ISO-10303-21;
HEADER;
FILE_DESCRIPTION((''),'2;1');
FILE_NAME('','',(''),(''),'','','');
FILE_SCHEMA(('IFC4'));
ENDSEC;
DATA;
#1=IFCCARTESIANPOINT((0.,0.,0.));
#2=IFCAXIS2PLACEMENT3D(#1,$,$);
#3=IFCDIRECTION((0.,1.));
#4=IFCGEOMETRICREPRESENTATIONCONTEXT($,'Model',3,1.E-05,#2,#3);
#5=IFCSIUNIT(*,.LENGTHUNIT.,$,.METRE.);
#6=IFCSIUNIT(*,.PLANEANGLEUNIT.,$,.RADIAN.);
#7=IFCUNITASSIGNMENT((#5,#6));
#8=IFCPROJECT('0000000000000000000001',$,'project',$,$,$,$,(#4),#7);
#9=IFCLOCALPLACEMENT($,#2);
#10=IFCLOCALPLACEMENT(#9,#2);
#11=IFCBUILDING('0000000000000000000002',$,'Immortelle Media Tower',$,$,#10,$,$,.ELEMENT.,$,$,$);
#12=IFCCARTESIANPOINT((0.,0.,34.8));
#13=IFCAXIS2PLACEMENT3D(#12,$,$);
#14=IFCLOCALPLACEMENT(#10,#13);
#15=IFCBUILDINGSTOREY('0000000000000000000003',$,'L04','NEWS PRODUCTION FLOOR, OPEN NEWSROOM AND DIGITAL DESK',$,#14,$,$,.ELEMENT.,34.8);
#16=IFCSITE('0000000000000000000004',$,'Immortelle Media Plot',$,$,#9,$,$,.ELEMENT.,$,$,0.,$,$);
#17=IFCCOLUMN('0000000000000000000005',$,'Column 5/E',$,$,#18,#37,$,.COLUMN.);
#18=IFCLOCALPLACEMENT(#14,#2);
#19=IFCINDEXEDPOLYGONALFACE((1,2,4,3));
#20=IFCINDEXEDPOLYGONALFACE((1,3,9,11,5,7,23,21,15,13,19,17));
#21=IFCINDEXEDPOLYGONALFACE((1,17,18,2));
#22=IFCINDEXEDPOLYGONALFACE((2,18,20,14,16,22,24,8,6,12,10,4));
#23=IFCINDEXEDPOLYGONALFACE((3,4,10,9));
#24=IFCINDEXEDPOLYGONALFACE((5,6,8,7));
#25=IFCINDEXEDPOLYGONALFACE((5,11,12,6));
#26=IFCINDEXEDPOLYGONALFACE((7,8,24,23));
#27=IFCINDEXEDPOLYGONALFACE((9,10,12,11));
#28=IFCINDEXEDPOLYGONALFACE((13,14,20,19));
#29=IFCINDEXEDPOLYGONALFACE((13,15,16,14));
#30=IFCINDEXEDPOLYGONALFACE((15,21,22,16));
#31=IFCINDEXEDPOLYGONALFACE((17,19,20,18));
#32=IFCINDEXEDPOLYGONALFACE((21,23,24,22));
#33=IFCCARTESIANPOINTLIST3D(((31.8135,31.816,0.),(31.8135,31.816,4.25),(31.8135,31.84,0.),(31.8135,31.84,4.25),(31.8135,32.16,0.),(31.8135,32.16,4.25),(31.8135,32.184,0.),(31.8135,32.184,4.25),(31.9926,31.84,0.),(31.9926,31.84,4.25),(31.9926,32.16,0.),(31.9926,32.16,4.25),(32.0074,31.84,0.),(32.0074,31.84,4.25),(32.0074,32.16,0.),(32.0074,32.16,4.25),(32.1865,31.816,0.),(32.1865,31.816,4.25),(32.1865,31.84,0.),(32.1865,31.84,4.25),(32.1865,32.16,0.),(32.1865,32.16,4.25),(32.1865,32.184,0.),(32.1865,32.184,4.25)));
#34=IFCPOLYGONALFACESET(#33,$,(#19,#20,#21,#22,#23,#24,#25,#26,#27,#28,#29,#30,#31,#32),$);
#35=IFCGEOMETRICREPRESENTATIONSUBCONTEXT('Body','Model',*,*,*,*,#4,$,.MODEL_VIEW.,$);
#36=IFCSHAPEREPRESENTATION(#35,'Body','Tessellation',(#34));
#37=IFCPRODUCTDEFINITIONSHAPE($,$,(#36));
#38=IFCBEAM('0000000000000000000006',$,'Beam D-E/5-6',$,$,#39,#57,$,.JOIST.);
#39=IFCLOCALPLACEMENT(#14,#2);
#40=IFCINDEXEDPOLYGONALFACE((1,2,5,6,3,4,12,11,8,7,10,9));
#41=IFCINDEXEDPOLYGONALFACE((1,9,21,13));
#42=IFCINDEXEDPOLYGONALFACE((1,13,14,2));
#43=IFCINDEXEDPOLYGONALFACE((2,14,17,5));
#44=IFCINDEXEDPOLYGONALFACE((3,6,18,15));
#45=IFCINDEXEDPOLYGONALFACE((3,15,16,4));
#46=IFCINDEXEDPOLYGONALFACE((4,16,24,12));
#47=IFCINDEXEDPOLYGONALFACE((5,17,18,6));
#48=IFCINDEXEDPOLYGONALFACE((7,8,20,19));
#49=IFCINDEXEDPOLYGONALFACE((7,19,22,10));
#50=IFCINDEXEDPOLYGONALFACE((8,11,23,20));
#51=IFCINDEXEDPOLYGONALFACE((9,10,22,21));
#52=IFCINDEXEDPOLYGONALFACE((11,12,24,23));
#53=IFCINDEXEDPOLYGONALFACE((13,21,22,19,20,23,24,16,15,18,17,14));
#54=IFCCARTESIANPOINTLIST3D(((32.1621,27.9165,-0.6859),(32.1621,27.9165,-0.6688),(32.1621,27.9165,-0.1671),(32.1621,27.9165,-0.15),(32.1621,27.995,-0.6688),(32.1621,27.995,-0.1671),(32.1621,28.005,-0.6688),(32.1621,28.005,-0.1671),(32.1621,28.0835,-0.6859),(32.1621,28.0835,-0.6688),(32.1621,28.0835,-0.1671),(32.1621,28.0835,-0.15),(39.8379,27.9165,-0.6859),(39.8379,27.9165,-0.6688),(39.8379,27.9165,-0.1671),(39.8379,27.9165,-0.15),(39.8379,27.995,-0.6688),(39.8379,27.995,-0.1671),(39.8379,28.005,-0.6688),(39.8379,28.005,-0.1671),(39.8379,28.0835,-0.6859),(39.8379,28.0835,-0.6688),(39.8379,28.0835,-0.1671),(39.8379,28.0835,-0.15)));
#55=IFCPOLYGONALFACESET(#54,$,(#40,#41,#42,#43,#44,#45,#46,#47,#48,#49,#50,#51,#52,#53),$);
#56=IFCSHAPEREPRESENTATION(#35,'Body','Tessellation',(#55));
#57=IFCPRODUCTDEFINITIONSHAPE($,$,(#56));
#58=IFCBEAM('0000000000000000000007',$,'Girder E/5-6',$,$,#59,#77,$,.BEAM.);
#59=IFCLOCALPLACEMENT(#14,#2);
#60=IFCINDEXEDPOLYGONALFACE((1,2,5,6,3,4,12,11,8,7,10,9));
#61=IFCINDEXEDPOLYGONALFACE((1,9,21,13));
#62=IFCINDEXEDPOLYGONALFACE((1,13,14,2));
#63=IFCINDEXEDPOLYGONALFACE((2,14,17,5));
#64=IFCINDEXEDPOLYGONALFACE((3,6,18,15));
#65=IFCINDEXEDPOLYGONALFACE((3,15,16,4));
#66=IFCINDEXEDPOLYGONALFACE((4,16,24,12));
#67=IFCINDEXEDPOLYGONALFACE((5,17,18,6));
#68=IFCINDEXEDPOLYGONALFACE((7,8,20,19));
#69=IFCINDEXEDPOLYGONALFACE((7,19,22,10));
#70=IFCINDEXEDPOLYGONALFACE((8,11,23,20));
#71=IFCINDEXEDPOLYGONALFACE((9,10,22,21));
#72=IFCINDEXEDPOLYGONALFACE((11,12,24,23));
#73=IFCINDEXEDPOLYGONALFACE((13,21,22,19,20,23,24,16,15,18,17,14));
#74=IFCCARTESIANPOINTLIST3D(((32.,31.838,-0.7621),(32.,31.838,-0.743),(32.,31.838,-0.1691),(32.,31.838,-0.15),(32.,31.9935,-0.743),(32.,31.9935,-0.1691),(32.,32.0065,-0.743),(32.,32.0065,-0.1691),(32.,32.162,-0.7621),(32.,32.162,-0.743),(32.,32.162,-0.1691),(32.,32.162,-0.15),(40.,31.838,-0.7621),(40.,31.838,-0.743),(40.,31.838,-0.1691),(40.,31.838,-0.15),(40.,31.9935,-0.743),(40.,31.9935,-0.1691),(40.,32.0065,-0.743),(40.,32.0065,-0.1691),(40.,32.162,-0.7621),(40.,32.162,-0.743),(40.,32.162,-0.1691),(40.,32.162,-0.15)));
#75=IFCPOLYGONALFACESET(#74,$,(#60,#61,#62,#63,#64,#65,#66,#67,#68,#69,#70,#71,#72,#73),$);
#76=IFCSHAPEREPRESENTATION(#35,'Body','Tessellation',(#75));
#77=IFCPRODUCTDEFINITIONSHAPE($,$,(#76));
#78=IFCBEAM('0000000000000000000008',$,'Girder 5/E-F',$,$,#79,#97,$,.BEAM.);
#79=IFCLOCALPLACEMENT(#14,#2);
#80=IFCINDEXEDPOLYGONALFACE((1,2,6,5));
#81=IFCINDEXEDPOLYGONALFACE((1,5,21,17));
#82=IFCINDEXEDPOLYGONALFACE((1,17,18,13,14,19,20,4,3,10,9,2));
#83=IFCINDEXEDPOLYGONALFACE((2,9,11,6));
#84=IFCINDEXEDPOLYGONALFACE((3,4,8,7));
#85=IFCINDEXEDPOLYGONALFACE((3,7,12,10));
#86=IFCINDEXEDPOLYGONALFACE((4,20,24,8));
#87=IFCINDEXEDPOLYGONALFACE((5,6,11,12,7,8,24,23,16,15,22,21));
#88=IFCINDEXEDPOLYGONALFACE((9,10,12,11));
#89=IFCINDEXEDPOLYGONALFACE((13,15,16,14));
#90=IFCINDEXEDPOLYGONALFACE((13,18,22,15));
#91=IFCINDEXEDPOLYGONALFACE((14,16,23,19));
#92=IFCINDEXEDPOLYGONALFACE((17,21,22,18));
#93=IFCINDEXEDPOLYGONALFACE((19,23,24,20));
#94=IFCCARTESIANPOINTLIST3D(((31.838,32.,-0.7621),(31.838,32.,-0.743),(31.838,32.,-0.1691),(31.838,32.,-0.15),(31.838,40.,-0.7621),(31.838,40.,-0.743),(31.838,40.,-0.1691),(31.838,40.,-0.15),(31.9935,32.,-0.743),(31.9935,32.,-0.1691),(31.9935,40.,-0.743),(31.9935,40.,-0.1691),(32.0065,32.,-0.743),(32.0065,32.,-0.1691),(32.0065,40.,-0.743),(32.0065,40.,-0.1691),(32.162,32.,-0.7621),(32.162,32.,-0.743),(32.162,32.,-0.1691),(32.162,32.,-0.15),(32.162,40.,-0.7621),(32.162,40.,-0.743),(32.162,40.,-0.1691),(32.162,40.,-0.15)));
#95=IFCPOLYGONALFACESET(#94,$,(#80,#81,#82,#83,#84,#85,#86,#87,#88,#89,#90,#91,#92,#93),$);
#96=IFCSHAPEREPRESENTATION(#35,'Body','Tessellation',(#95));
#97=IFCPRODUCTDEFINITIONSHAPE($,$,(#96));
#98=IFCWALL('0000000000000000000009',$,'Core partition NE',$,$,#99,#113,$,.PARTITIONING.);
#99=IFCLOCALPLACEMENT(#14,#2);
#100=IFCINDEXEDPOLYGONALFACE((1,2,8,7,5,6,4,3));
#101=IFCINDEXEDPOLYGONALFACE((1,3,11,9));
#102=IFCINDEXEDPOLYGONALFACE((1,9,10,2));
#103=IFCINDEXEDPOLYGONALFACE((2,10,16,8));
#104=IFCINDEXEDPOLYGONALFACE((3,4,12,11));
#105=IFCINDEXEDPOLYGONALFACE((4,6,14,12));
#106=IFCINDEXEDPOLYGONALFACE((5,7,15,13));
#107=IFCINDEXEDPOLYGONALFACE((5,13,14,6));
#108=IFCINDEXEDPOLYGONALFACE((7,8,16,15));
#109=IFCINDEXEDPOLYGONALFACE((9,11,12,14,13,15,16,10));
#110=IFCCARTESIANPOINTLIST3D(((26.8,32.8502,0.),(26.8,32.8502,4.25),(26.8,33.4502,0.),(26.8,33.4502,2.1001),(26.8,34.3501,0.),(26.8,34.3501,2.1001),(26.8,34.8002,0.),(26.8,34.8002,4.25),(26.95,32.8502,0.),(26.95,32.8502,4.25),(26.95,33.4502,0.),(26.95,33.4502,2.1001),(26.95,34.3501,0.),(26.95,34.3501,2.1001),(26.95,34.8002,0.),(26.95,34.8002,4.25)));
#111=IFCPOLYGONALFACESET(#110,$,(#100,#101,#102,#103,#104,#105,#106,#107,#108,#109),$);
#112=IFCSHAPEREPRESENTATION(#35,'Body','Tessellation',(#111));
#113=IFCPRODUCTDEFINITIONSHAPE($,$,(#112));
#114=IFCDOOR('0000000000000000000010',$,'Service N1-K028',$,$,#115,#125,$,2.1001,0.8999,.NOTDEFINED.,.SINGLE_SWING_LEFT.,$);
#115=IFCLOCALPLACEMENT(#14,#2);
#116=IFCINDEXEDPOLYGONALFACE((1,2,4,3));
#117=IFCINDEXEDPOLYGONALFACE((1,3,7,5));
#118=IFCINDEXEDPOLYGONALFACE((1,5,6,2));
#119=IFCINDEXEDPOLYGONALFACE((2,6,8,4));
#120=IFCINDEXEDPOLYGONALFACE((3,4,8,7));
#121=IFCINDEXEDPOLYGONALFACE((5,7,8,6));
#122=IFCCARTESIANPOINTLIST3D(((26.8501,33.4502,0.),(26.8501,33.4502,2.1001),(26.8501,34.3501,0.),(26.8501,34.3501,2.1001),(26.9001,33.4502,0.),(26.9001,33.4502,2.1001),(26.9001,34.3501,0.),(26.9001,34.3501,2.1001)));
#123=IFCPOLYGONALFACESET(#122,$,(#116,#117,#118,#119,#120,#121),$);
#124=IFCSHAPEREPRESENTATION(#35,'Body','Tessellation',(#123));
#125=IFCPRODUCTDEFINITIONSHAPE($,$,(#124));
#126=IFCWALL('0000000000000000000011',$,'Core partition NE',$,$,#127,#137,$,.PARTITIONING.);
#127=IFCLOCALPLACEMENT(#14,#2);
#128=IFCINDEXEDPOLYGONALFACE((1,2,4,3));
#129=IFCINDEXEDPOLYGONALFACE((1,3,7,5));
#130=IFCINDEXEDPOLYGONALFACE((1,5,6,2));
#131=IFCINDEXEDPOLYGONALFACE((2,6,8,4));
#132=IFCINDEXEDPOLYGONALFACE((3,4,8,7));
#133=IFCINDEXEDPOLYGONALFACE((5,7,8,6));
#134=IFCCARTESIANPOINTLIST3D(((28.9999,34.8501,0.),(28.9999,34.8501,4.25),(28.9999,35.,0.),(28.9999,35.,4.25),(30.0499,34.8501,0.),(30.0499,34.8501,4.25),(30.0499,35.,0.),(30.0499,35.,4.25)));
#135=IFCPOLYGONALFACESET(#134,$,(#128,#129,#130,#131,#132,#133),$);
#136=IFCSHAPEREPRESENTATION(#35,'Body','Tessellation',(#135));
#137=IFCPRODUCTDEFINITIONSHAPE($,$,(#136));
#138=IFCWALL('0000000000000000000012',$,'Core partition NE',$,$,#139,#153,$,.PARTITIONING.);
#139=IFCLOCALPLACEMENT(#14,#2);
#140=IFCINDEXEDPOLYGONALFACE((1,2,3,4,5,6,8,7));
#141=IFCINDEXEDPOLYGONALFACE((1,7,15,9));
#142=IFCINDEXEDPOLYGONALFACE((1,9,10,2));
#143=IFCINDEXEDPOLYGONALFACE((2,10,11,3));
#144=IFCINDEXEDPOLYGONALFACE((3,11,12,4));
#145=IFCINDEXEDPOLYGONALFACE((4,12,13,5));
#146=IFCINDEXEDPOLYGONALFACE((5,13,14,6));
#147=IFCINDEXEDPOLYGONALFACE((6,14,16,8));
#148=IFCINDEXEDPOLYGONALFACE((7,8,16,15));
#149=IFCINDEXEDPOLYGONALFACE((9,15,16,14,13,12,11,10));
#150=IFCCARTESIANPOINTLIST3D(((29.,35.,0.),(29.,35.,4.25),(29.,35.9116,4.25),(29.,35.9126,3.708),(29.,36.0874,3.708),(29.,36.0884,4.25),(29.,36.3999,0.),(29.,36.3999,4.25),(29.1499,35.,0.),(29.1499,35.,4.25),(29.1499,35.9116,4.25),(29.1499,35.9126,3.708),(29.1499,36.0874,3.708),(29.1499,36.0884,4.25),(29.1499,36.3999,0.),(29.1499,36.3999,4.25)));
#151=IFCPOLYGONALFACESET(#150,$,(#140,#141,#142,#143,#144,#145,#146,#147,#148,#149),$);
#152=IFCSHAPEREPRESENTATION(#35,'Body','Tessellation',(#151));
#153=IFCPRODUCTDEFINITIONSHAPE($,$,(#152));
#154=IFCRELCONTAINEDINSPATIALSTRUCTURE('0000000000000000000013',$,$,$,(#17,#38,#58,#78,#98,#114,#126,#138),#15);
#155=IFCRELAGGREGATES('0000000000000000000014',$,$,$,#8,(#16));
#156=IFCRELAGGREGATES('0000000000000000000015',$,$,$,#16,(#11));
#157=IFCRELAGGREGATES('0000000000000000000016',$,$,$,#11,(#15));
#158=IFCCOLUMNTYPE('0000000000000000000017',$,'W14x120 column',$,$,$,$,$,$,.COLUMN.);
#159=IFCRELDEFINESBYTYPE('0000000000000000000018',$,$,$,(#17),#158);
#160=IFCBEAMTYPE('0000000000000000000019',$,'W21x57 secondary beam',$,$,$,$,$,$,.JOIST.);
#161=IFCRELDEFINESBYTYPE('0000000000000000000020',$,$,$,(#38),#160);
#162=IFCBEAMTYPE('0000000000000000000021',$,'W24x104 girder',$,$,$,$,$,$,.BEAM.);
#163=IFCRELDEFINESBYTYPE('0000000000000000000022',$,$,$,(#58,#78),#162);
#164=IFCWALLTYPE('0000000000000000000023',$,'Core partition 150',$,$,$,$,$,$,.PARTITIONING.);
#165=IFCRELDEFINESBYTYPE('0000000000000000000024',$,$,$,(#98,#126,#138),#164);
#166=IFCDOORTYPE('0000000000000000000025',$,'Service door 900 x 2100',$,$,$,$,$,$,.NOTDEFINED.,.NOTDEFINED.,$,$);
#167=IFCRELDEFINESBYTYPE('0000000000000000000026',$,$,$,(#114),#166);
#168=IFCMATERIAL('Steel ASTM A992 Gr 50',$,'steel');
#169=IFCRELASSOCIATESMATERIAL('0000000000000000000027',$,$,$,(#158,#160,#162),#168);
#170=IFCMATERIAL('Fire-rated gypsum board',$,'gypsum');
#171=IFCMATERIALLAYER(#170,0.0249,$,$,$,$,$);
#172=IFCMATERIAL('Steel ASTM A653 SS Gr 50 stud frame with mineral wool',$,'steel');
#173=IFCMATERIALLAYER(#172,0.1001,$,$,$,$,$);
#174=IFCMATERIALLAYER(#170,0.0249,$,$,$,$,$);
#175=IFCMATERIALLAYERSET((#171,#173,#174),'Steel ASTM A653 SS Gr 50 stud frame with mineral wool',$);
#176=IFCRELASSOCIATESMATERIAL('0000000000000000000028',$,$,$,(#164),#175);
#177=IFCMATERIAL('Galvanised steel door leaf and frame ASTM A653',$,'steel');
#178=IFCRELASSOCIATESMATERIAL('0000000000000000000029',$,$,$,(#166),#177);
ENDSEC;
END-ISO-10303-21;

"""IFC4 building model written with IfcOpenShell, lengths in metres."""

from ifc_helpers import new_model, si_unit, direction, frame, frame_2d, origin, origin_2d, place, context, subcontext, project, spatial, polyline, rectangle, i_section, outline, extrude, material, layer, layer_set, material_profile, profile_set, type_object, element, fill, save


model = new_model("IFC4")

# Units and contexts
model_context = context("Model", 3, precision=1e-05, world=origin(), true_north=direction((0.0, 1.0)))
body_context = subcontext(model_context, "Body", "Model", "MODEL_VIEW")
ifc_project = project(units=[si_unit("LENGTHUNIT", "METRE"), si_unit("PLANEANGLEUNIT", "RADIAN")], contexts=[model_context])

# Site, building, storey
site_placement = place(None, origin())
site = spatial("IfcSite", under=ifc_project, at=site_placement, Name="Immortelle Media Plot", CompositionType="ELEMENT", RefElevation=0.0)
building_placement = place(site_placement, origin())
building = spatial("IfcBuilding", under=site, at=building_placement, Name="Immortelle Media Tower", CompositionType="ELEMENT")
storey_placement = place(building_placement, frame((0.0, 0.0, 34.8)))
storey = spatial("IfcBuildingStorey", under=building, at=storey_placement, Name="L04", Description="NEWS PRODUCTION FLOOR, OPEN NEWSROOM AND DIGITAL DESK", CompositionType="ELEMENT", Elevation=34.8)

# Column
ifc_material_1 = material(Name="Steel ASTM A992 Gr 50", Category="steel")
ifc_material_profile_1 = material_profile(ifc_material_1, i_section(OverallWidth=0.373, OverallDepth=0.3679, WebThickness=0.0149, FlangeThickness=0.0239, at=origin_2d()), Name="W14x120")
ifc_profile_set_1 = profile_set([ifc_material_profile_1], Name="Steel ASTM A992 Gr 50")
column_type = type_object("IfcColumnType", Name="W14x120 column", PredefinedType="COLUMN", material=ifc_profile_set_1)
column_placement = place(storey_placement, frame((32.0, 32.0, 0.0), z_axis=(0.0, 0.0, 1.0), x_axis=(1.0, 0.0, 0.0)))
element("IfcColumn", 1, at=column_placement, inside=storey, type_object=column_type, Name="Column 5/E", PredefinedType="COLUMN", context=body_context, shape_type="SweptSolid", body=[
    extrude(i_section(OverallWidth=0.373, OverallDepth=0.3679, WebThickness=0.0149, FlangeThickness=0.0239, at=origin_2d()), origin(), (0.0, 0.0, 1.0), 4.25),
])

# Beams
ifc_material_profile_2 = material_profile(ifc_material_1, i_section(OverallWidth=0.167, OverallDepth=0.5359, WebThickness=0.01, FlangeThickness=0.0171, at=origin_2d()), Name="W21x57")
ifc_profile_set_2 = profile_set([ifc_material_profile_2], Name="Steel ASTM A992 Gr 50")
beam_type_1 = type_object("IfcBeamType", Name="W21x57 secondary beam", PredefinedType="JOIST", material=ifc_profile_set_2)
beam_placement = place(storey_placement, frame((32.1621, 28.0, -0.418), z_axis=(1.0, 0.0, 0.0), x_axis=(0.0, 1.0, 0.0)))
element("IfcBeam", 2, at=beam_placement, inside=storey, type_object=beam_type_1, Name="Beam D-E/5-6", PredefinedType="JOIST", context=body_context, shape_type="SweptSolid", body=[
    extrude(i_section(OverallWidth=0.167, OverallDepth=0.5359, WebThickness=0.01, FlangeThickness=0.0171, at=origin_2d()), origin(), (0.0, 0.0, 1.0), 7.6758),
])
ifc_material_profile_3 = material_profile(ifc_material_1, i_section(OverallWidth=0.324, OverallDepth=0.6121, WebThickness=0.0129, FlangeThickness=0.019, at=origin_2d()), Name="W24x104")
ifc_profile_set_3 = profile_set([ifc_material_profile_3], Name="Steel ASTM A992 Gr 50")
beam_type_2 = type_object("IfcBeamType", Name="W24x104 girder", PredefinedType="BEAM", material=ifc_profile_set_3)
for number, where, z_axis, x_axis, name in (
    (3, (32.0, 32.0, -0.4561), (1.0, 0.0, 0.0), (0.0, 1.0, 0.0), "Girder E/5-6"),
    (4, (32.0, 32.0, -0.4561), (0.0, 1.0, 0.0), (-1.0, 0.0, 0.0), "Girder 5/E-F"),
):
    element("IfcBeam", number, at=place(storey_placement, frame(where, z_axis=z_axis, x_axis=x_axis)), inside=storey, type_object=beam_type_2, Name=name, PredefinedType="BEAM", context=body_context, shape_type="SweptSolid", body=[
        extrude(i_section(OverallWidth=0.324, OverallDepth=0.6121, WebThickness=0.0129, FlangeThickness=0.019, at=origin_2d()), origin(), (0.0, 0.0, 1.0), 8.0),
    ])

# Wall, opening, door
ifc_material_2 = material(Name="Fire-rated gypsum board", Category="gypsum")
ifc_layer_1 = layer(ifc_material_2, 0.0249)
ifc_material_3 = material(Name="Steel ASTM A653 SS Gr 50 stud frame with mineral wool", Category="steel")
ifc_layer_2 = layer(ifc_material_3, 0.1001)
ifc_layer_3 = layer(ifc_material_2, 0.0249)
ifc_layer_set_1 = layer_set([ifc_layer_1, ifc_layer_2, ifc_layer_3], Name="Steel ASTM A653 SS Gr 50 stud frame with mineral wool")
wall_type_1 = type_object("IfcWallType", Name="Core partition 150", PredefinedType="PARTITIONING", material=ifc_layer_set_1)
wall_1_placement = place(storey_placement, frame((26.875, 32.8501, 0.0), z_axis=(0.0, 0.0, 1.0), x_axis=(0.0, 1.0, 0.0)))
wall_1 = element("IfcWall", 5, at=wall_1_placement, inside=storey, type_object=wall_type_1, Name="Core partition NE", PredefinedType="PARTITIONING", context=body_context, shape_type="SweptSolid", body=[
    extrude(rectangle(XDim=1.95, YDim=0.1499, at=frame_2d((0.9751, 0.0))), origin(), (0.0, 0.0, 1.0), 4.25),
])
opening_1_placement = place(wall_1_placement, frame((0.6001, 0.0, 0.0)))
opening_1 = element("IfcOpeningElement", 6, at=opening_1_placement, cuts=wall_1, PredefinedType="OPENING", context=body_context, shape_type="SweptSolid", body=[
    extrude(rectangle(XDim=0.8999, YDim=2.1001, at=frame_2d((0.45, 1.05))), frame((0.0, 0.085, 0.0), z_axis=(0.0, -1.0, 0.0), x_axis=(1.0, 0.0, 0.0)), (0.0, 0.0, 1.0), 0.1699),
])
ifc_material_4 = material(Name="Galvanised steel door leaf and frame ASTM A653", Category="steel")
door_type_1 = type_object("IfcDoorType", Name="Service door 900 x 2100", OperationType="NOTDEFINED", PredefinedType="NOTDEFINED", material=ifc_material_4)
door_1_placement = place(opening_1_placement, origin())
door_1 = element("IfcDoor", 7, at=door_1_placement, inside=storey, type_object=door_type_1, Name="Service N1-K028", OperationType="SINGLE_SWING_LEFT", OverallHeight=2.1001, OverallWidth=0.8999, PredefinedType="NOTDEFINED", context=body_context, shape_type="SweptSolid", body=[
    extrude(rectangle(XDim=0.8999, YDim=2.1001, at=frame_2d((0.45, 1.05))), frame((0.0, 0.0249, 0.0), z_axis=(0.0, -1.0, 0.0), x_axis=(1.0, 0.0, 0.0)), (0.0, 0.0, 1.0), 0.05),
])
fill(opening_1, door_1)

# Walls
wall_2_placement = place(storey_placement, frame((29.0, 34.925, 0.0), z_axis=(0.0, 0.0, 1.0), x_axis=(1.0, 0.0, 0.0)))
element("IfcWall", 8, at=wall_2_placement, inside=storey, type_object=wall_type_1, Name="Core partition NE", PredefinedType="PARTITIONING", context=body_context, shape_type="SweptSolid", body=[
    extrude(rectangle(XDim=1.05, YDim=0.1499, at=frame_2d((0.5249, 0.0))), origin(), (0.0, 0.0, 1.0), 4.25),
])
wall_3_placement = place(storey_placement, frame((29.075, 35.0, 0.0), z_axis=(0.0, 0.0, 1.0), x_axis=(0.0, 1.0, 0.0)))
element("IfcWall", 9, at=wall_3_placement, inside=storey, type_object=wall_type_1, Name="Core partition NE", PredefinedType="PARTITIONING", context=body_context, shape_type="SweptSolid", body=[
    extrude(outline(polyline([(0.0, 0.0), (1.3999, 0.0), (1.3999, 4.25), (1.0884, 4.25), (1.0874, 3.708), (0.9126, 3.708), (0.9116, 4.25), (0.0, 4.25), (0.0, 0.0)])), frame((0.0, 0.075, 0.0), z_axis=(0.0, -1.0, 0.0), x_axis=(1.0, 0.0, 0.0)), (0.0, 0.0, 1.0), 0.1499),
])

save(model, "model.ifc")
